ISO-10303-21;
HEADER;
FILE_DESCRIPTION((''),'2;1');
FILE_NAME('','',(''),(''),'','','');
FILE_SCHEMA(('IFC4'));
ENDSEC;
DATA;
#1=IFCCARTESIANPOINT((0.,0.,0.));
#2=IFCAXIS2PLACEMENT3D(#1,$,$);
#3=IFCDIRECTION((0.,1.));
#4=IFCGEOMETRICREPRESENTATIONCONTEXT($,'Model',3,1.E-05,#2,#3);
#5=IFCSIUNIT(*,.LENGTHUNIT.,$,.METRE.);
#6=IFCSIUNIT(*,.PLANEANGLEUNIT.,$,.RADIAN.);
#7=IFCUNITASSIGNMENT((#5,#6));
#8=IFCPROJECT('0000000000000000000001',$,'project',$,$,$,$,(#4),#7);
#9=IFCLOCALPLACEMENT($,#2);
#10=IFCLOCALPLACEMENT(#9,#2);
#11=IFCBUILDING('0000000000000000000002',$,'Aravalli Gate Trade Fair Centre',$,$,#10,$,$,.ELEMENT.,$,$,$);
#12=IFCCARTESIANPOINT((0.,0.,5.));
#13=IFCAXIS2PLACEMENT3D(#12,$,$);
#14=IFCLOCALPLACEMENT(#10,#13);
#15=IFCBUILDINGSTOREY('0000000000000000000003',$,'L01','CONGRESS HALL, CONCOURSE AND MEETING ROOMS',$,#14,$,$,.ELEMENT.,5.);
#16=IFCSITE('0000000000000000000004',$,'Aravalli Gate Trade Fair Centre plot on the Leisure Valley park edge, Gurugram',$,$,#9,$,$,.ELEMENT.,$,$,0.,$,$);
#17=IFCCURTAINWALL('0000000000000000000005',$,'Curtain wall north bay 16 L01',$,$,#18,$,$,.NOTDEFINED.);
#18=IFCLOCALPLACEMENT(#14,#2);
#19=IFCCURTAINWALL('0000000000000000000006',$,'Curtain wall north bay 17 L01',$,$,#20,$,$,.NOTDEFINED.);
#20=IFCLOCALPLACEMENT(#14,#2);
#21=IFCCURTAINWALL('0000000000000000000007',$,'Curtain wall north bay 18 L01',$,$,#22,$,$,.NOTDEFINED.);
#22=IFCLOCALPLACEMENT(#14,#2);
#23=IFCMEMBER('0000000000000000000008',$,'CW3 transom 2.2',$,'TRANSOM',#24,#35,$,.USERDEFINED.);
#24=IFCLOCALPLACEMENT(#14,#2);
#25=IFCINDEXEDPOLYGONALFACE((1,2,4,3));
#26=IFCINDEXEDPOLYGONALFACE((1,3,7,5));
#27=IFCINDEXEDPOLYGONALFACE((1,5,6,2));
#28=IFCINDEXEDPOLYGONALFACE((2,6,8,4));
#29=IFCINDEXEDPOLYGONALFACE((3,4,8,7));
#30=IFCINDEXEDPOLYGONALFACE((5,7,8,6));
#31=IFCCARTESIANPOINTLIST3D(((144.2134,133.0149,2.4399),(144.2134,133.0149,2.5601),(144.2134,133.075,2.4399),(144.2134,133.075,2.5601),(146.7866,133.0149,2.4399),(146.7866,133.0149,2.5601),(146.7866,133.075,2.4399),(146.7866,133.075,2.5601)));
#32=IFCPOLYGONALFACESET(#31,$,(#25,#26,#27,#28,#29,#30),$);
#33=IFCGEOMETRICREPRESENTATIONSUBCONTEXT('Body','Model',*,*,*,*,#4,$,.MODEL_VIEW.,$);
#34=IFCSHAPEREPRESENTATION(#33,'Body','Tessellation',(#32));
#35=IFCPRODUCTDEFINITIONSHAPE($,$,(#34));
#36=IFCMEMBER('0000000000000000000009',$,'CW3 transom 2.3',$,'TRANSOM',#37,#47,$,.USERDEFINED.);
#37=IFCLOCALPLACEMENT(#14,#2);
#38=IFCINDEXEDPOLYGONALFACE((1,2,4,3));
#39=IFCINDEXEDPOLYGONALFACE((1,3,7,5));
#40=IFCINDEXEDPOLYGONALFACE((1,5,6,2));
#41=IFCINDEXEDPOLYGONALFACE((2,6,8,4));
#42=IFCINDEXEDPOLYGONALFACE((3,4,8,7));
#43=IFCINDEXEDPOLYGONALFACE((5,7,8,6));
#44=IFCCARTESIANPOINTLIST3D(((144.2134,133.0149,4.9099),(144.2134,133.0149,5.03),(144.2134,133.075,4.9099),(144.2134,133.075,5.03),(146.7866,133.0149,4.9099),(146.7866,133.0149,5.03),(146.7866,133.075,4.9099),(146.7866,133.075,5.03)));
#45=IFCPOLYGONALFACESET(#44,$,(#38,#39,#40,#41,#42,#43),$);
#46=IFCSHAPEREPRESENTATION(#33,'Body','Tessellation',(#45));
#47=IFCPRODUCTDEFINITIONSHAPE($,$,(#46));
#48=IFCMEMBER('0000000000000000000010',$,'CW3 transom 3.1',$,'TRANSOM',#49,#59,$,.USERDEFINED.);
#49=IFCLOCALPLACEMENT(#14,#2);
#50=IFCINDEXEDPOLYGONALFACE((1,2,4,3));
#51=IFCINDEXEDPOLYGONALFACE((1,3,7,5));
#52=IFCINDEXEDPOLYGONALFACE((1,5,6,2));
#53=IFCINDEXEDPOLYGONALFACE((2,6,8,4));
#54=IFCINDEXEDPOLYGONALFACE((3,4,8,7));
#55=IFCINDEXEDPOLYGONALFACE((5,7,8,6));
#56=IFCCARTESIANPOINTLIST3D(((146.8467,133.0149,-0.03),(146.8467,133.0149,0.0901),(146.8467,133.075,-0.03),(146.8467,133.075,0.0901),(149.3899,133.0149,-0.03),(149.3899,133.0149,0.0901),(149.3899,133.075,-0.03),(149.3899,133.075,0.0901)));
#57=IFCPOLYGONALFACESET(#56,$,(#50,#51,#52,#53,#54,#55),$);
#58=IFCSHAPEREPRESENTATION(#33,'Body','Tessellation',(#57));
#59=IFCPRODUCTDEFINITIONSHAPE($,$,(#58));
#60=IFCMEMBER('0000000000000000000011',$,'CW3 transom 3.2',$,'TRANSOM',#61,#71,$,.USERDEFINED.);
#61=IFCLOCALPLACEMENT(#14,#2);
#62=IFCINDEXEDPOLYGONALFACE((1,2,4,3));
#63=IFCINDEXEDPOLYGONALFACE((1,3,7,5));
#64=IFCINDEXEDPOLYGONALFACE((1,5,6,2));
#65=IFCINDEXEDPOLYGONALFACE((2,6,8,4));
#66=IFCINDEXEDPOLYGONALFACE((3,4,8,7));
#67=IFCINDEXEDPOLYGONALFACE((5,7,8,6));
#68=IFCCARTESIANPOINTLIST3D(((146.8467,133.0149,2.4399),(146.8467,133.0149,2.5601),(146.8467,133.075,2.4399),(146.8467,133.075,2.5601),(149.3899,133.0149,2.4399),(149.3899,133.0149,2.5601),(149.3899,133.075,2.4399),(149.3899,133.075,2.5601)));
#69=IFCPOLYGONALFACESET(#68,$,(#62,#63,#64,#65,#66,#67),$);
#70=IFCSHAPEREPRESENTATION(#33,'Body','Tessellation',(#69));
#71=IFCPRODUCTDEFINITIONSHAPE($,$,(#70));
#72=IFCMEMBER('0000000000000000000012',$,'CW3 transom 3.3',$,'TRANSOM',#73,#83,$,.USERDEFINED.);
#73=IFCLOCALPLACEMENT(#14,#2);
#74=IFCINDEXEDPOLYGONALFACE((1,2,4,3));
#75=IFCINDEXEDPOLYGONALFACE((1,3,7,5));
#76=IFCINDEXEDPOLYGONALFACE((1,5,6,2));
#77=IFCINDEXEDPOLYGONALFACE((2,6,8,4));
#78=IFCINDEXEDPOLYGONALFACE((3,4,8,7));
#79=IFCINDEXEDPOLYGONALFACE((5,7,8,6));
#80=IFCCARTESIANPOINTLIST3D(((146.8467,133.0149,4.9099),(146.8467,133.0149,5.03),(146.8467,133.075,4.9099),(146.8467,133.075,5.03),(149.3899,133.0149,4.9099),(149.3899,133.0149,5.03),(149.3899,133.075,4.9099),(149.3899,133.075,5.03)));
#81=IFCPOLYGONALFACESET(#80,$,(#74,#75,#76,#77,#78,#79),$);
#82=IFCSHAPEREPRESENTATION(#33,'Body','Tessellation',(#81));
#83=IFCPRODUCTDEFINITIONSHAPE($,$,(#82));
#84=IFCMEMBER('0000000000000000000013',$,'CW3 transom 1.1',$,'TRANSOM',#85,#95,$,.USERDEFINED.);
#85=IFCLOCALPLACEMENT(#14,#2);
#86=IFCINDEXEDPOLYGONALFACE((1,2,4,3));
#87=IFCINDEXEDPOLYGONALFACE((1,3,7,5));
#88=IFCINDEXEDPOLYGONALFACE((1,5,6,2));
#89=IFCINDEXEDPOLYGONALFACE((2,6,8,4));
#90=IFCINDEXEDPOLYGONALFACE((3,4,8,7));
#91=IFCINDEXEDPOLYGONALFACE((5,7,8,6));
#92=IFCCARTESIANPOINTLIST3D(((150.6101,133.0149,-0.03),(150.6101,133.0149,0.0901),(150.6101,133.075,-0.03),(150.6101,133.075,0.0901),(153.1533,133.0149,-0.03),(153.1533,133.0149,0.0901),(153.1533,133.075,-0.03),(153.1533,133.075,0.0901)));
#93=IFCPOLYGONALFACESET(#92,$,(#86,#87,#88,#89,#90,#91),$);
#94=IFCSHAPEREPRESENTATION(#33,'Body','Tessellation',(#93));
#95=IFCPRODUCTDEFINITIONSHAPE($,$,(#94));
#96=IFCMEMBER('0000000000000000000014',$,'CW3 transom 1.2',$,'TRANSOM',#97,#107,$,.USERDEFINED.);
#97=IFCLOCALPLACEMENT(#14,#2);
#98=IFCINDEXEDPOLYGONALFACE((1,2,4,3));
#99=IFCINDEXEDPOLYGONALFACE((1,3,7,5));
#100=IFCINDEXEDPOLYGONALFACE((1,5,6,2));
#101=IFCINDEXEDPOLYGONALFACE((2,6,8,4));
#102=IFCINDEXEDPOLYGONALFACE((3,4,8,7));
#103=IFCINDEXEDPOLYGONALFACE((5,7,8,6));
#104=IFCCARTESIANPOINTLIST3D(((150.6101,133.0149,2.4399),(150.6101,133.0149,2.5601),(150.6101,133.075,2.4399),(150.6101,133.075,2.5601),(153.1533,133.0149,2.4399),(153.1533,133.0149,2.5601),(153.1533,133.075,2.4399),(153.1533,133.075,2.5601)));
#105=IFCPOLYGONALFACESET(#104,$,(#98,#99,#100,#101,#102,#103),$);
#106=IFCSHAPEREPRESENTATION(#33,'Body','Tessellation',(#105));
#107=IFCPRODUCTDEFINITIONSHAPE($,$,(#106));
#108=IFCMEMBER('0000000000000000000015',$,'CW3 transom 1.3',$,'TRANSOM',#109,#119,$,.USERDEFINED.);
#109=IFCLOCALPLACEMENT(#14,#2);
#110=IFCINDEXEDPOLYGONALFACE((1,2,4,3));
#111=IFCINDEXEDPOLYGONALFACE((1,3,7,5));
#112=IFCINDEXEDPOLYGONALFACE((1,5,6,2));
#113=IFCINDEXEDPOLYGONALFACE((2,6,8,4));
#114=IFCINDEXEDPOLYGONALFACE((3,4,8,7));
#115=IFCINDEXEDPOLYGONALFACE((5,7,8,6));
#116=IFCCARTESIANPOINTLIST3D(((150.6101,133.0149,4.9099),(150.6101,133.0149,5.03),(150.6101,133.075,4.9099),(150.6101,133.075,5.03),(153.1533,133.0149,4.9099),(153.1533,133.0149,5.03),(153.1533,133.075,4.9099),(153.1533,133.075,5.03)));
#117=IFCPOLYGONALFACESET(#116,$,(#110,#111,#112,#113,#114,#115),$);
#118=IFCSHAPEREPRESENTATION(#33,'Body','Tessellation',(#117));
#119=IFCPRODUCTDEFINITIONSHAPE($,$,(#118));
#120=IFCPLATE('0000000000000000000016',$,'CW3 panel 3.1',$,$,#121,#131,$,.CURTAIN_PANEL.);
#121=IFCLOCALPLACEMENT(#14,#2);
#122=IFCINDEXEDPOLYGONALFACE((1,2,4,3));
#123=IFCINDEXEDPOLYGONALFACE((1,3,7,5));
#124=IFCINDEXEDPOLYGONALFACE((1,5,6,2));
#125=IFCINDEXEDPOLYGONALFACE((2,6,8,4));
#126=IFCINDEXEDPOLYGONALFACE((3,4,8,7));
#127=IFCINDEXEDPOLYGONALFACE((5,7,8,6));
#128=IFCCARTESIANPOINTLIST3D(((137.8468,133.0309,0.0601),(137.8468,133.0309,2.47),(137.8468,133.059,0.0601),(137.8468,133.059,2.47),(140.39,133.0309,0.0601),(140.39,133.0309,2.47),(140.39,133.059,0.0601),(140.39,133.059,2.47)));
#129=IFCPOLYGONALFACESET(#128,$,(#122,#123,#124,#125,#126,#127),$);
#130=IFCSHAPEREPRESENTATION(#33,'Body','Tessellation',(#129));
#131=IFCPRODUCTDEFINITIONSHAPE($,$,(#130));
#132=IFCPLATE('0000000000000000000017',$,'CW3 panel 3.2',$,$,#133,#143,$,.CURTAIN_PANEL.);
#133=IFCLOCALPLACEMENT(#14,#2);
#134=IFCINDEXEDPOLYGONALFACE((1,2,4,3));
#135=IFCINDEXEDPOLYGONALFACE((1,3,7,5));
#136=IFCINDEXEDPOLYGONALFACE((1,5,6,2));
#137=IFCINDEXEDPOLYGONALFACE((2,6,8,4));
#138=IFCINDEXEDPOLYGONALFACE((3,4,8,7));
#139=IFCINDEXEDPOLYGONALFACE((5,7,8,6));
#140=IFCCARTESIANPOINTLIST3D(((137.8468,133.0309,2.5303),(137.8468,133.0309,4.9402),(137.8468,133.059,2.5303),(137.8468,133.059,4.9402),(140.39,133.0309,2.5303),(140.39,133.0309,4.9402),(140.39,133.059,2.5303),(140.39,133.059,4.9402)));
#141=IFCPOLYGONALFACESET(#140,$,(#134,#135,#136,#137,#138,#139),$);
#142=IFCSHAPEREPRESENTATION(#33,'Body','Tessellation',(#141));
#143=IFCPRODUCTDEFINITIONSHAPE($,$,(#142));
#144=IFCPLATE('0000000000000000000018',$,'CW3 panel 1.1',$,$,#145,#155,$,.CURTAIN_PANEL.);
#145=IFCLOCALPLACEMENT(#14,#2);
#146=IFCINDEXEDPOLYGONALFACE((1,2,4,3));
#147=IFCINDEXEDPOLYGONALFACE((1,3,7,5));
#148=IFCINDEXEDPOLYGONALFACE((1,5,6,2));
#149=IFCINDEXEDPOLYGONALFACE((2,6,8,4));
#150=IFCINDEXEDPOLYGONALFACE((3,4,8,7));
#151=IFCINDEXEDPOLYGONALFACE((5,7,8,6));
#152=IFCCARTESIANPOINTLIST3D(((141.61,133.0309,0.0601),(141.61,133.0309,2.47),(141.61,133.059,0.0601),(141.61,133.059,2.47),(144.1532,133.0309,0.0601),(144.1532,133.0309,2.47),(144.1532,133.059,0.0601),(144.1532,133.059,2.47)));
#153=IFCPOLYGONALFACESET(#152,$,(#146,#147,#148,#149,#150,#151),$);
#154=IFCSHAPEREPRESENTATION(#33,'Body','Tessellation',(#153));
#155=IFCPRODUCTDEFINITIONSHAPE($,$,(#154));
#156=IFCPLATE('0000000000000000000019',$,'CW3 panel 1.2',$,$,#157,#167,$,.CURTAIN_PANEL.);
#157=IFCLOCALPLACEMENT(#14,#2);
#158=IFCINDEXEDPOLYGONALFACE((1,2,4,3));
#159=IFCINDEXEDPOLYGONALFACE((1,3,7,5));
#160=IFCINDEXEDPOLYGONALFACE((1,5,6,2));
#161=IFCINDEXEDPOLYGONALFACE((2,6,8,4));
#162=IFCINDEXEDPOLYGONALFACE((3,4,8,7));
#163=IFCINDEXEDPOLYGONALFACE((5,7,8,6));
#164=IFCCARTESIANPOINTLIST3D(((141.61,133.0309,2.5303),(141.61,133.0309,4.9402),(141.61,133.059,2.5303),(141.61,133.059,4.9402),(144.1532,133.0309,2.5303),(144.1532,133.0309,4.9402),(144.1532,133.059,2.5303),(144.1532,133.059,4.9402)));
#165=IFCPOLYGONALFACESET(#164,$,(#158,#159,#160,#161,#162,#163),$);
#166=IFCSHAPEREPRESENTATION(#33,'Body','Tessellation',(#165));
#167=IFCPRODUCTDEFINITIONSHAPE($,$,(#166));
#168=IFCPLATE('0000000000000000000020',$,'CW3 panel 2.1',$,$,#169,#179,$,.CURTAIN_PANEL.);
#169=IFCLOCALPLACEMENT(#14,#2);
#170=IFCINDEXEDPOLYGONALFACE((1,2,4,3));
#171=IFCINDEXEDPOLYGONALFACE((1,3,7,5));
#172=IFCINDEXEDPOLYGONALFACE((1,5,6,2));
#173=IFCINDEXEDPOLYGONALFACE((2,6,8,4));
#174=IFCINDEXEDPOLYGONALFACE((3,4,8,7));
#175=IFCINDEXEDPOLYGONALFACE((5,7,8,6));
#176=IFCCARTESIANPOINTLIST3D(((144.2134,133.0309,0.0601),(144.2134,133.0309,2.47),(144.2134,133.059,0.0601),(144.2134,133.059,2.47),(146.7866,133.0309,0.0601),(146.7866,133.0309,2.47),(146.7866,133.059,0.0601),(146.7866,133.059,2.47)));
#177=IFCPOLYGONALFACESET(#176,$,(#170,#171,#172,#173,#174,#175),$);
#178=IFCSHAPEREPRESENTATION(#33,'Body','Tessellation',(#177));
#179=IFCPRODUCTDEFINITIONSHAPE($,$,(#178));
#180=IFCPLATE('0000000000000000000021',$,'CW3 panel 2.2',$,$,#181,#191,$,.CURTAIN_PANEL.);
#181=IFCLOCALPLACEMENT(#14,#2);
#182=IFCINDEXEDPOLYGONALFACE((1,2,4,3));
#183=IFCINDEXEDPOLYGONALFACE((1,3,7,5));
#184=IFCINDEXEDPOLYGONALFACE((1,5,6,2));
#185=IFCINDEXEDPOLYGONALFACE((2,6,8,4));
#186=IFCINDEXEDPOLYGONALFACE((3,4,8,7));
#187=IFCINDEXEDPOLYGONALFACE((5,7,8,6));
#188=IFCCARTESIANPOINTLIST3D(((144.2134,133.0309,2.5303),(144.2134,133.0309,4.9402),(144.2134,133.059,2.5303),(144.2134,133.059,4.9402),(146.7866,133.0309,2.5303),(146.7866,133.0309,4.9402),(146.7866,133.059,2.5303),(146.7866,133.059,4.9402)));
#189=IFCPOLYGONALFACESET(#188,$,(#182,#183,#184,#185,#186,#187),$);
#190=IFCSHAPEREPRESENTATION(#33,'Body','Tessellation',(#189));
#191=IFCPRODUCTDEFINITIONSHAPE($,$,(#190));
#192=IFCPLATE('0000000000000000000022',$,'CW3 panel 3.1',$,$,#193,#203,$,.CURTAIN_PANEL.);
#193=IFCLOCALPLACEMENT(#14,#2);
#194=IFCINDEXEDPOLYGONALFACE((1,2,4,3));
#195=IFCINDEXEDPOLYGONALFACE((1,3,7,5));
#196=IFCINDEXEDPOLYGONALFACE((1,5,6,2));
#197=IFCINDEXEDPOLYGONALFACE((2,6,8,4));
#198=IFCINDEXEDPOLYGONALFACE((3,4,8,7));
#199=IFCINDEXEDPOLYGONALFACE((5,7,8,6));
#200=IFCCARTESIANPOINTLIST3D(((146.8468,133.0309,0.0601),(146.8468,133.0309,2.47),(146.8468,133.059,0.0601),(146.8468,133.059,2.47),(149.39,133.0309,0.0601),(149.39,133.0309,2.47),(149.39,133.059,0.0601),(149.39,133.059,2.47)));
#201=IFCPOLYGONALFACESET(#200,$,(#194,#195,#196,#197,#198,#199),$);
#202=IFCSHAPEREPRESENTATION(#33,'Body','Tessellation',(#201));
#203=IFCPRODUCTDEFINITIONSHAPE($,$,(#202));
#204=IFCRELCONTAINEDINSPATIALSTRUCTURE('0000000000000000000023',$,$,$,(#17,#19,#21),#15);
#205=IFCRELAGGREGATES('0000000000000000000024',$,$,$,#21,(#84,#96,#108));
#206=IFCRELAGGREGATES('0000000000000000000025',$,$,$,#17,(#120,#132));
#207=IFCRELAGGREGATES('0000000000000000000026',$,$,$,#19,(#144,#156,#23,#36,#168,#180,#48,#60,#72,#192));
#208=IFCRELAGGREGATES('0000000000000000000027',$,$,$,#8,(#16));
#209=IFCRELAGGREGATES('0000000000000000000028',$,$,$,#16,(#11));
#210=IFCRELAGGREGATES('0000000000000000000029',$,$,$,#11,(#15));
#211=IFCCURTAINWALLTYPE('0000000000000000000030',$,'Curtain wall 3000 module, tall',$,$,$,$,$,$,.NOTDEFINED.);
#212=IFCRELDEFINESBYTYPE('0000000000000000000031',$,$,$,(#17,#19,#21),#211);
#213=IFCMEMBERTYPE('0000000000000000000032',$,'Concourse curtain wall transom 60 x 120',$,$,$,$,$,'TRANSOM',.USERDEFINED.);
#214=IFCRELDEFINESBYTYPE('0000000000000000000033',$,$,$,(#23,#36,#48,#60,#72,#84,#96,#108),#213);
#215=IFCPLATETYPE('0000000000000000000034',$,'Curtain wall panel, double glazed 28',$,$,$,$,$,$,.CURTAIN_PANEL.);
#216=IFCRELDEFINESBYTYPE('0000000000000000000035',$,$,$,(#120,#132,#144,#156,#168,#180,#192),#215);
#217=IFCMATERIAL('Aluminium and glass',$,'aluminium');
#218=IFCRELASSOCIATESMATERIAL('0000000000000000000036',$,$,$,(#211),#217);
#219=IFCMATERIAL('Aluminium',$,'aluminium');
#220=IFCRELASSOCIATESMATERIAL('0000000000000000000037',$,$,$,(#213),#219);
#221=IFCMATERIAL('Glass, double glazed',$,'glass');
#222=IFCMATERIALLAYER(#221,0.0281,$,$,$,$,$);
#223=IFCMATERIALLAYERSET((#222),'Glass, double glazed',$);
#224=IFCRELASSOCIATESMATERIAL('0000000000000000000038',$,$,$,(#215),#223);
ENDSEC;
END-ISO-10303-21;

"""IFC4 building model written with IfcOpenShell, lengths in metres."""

from ifc_helpers import new_model, si_unit, direction, frame, origin, origin_2d, place, context, subcontext, project, spatial, rectangle, extrude, material, layer, layer_set, material_profile, profile_set, type_object, element, aggregate, save


model = new_model("IFC4")

# Units and contexts
model_context = context("Model", 3, precision=1e-05, world=origin(), true_north=direction((0.0, 1.0)))
body_context = subcontext(model_context, "Body", "Model", "MODEL_VIEW")
ifc_project = project(units=[si_unit("LENGTHUNIT", "METRE"), si_unit("PLANEANGLEUNIT", "RADIAN")], contexts=[model_context])

# Site, building, storey
site_placement = place(None, origin())
site = spatial("IfcSite", under=ifc_project, at=site_placement, Name="Aravalli Gate Trade Fair Centre plot on the Leisure Valley park edge, Gurugram", CompositionType="ELEMENT", RefElevation=0.0)
building_placement = place(site_placement, origin())
building = spatial("IfcBuilding", under=site, at=building_placement, Name="Aravalli Gate Trade Fair Centre", CompositionType="ELEMENT")
storey_placement = place(building_placement, frame((0.0, 0.0, 5.0)))
storey = spatial("IfcBuildingStorey", under=building, at=storey_placement, Name="L01", Description="CONGRESS HALL, CONCOURSE AND MEETING ROOMS", CompositionType="ELEMENT", Elevation=5.0)

# Curtain wall
ifc_material_1 = material(Name="Aluminium and glass", Category="aluminium")
curtain_wall_type = type_object("IfcCurtainWallType", Name="Curtain wall 3000 module, tall", PredefinedType="NOTDEFINED", material=ifc_material_1)
curtain_wall_1_placement = place(storey_placement, origin())
curtain_wall_1 = element("IfcCurtainWall", 1, at=curtain_wall_1_placement, inside=storey, type_object=curtain_wall_type, Name="Curtain wall north bay 16 L01", PredefinedType="NOTDEFINED")
ifc_material_2 = material(Name="Aluminium", Category="aluminium")

# Curtain wall
curtain_wall_2_placement = place(storey_placement, origin())
curtain_wall_2 = element("IfcCurtainWall", 2, at=curtain_wall_2_placement, inside=storey, type_object=curtain_wall_type, Name="Curtain wall north bay 17 L01", PredefinedType="NOTDEFINED")

# Curtain wall
curtain_wall_3_placement = place(storey_placement, origin())
curtain_wall_3 = element("IfcCurtainWall", 3, at=curtain_wall_3_placement, inside=storey, type_object=curtain_wall_type, Name="Curtain wall north bay 18 L01", PredefinedType="NOTDEFINED")

# Members
ifc_material_profile_1 = material_profile(ifc_material_2, rectangle(XDim=0.0601, YDim=0.1201, at=origin_2d()), Name="Concourse curtain wall transom 60 x 120")
ifc_profile_set_1 = profile_set([ifc_material_profile_1], Name="Aluminium")
member_type_1 = type_object("IfcMemberType", Name="Concourse curtain wall transom 60 x 120", ElementType="TRANSOM", PredefinedType="USERDEFINED", material=ifc_profile_set_1)
member_1_placement = place(storey_placement, frame((144.2134, 133.0449, 2.5), z_axis=(1.0, 0.0, 0.0), x_axis=(0.0, 1.0, 0.0)))
member_1 = element("IfcMember", 4, at=member_1_placement, type_object=member_type_1, Name="CW3 transom 2.2", ObjectType="TRANSOM", PredefinedType="USERDEFINED", context=body_context, shape_type="SweptSolid", body=[
    extrude(rectangle(XDim=0.0601, YDim=0.1201, at=origin_2d()), origin(), (0.0, 0.0, 1.0), 2.5732),
])
member_2_placement = place(storey_placement, frame((144.2134, 133.0449, 4.97), z_axis=(1.0, 0.0, 0.0), x_axis=(0.0, 1.0, 0.0)))
member_2 = element("IfcMember", 5, at=member_2_placement, type_object=member_type_1, Name="CW3 transom 2.3", ObjectType="TRANSOM", PredefinedType="USERDEFINED", context=body_context, shape_type="SweptSolid", body=[
    extrude(rectangle(XDim=0.0601, YDim=0.1201, at=origin_2d()), origin(), (0.0, 0.0, 1.0), 2.5732),
])
member_3_placement = place(storey_placement, frame((146.8467, 133.0449, 0.03), z_axis=(1.0, 0.0, 0.0), x_axis=(0.0, 1.0, 0.0)))
member_3 = element("IfcMember", 6, at=member_3_placement, type_object=member_type_1, Name="CW3 transom 3.1", ObjectType="TRANSOM", PredefinedType="USERDEFINED", context=body_context, shape_type="SweptSolid", body=[
    extrude(rectangle(XDim=0.0601, YDim=0.1201, at=origin_2d()), origin(), (0.0, 0.0, 1.0), 2.5432),
])
member_4_placement = place(storey_placement, frame((146.8467, 133.0449, 2.5), z_axis=(1.0, 0.0, 0.0), x_axis=(0.0, 1.0, 0.0)))
member_4 = element("IfcMember", 7, at=member_4_placement, type_object=member_type_1, Name="CW3 transom 3.2", ObjectType="TRANSOM", PredefinedType="USERDEFINED", context=body_context, shape_type="SweptSolid", body=[
    extrude(rectangle(XDim=0.0601, YDim=0.1201, at=origin_2d()), origin(), (0.0, 0.0, 1.0), 2.5432),
])
member_5_placement = place(storey_placement, frame((146.8467, 133.0449, 4.97), z_axis=(1.0, 0.0, 0.0), x_axis=(0.0, 1.0, 0.0)))
member_5 = element("IfcMember", 8, at=member_5_placement, type_object=member_type_1, Name="CW3 transom 3.3", ObjectType="TRANSOM", PredefinedType="USERDEFINED", context=body_context, shape_type="SweptSolid", body=[
    extrude(rectangle(XDim=0.0601, YDim=0.1201, at=origin_2d()), origin(), (0.0, 0.0, 1.0), 2.5432),
])
member_6_placement = place(storey_placement, frame((150.6101, 133.0449, 0.03), z_axis=(1.0, 0.0, 0.0), x_axis=(0.0, 1.0, 0.0)))
member_6 = element("IfcMember", 9, at=member_6_placement, type_object=member_type_1, Name="CW3 transom 1.1", ObjectType="TRANSOM", PredefinedType="USERDEFINED", context=body_context, shape_type="SweptSolid", body=[
    extrude(rectangle(XDim=0.0601, YDim=0.1201, at=origin_2d()), origin(), (0.0, 0.0, 1.0), 2.5432),
])
member_7_placement = place(storey_placement, frame((150.6101, 133.0449, 2.5), z_axis=(1.0, 0.0, 0.0), x_axis=(0.0, 1.0, 0.0)))
member_7 = element("IfcMember", 10, at=member_7_placement, type_object=member_type_1, Name="CW3 transom 1.2", ObjectType="TRANSOM", PredefinedType="USERDEFINED", context=body_context, shape_type="SweptSolid", body=[
    extrude(rectangle(XDim=0.0601, YDim=0.1201, at=origin_2d()), origin(), (0.0, 0.0, 1.0), 2.5432),
])
member_8_placement = place(storey_placement, frame((150.6101, 133.0449, 4.97), z_axis=(1.0, 0.0, 0.0), x_axis=(0.0, 1.0, 0.0)))
member_8 = element("IfcMember", 11, at=member_8_placement, type_object=member_type_1, Name="CW3 transom 1.3", ObjectType="TRANSOM", PredefinedType="USERDEFINED", context=body_context, shape_type="SweptSolid", body=[
    extrude(rectangle(XDim=0.0601, YDim=0.1201, at=origin_2d()), origin(), (0.0, 0.0, 1.0), 2.5432),
])
aggregate(curtain_wall_3, [member_6, member_7, member_8])

# Plates
ifc_material_3 = material(Name="Glass, double glazed", Category="glass")
ifc_layer_1 = layer(ifc_material_3, 0.0281)
ifc_layer_set_1 = layer_set([ifc_layer_1], Name="Glass, double glazed")
plate_type = type_object("IfcPlateType", Name="Curtain wall panel, double glazed 28", PredefinedType="CURTAIN_PANEL", material=ifc_layer_set_1)
plate_1_placement = place(storey_placement, frame((139.1184, 133.0449, 0.0601), z_axis=(0.0, 0.0, 1.0), x_axis=(1.0, 0.0, 0.0)))
plate_1 = element("IfcPlate", 12, at=plate_1_placement, type_object=plate_type, Name="CW3 panel 3.1", PredefinedType="CURTAIN_PANEL", context=body_context, shape_type="SweptSolid", body=[
    extrude(rectangle(XDim=2.5432, YDim=0.0281, at=origin_2d()), origin(), (0.0, 0.0, 1.0), 2.4099),
])
plate_2_placement = place(storey_placement, frame((139.1184, 133.0449, 2.5303), z_axis=(0.0, 0.0, 1.0), x_axis=(1.0, 0.0, 0.0)))
plate_2 = element("IfcPlate", 13, at=plate_2_placement, type_object=plate_type, Name="CW3 panel 3.2", PredefinedType="CURTAIN_PANEL", context=body_context, shape_type="SweptSolid", body=[
    extrude(rectangle(XDim=2.5432, YDim=0.0281, at=origin_2d()), origin(), (0.0, 0.0, 1.0), 2.4099),
])
aggregate(curtain_wall_1, [plate_1, plate_2])
plate_3_placement = place(storey_placement, frame((142.8816, 133.0449, 0.0601), z_axis=(0.0, 0.0, 1.0), x_axis=(1.0, 0.0, 0.0)))
plate_3 = element("IfcPlate", 14, at=plate_3_placement, type_object=plate_type, Name="CW3 panel 1.1", PredefinedType="CURTAIN_PANEL", context=body_context, shape_type="SweptSolid", body=[
    extrude(rectangle(XDim=2.5432, YDim=0.0281, at=origin_2d()), origin(), (0.0, 0.0, 1.0), 2.4099),
])
plate_4_placement = place(storey_placement, frame((142.8816, 133.0449, 2.5303), z_axis=(0.0, 0.0, 1.0), x_axis=(1.0, 0.0, 0.0)))
plate_4 = element("IfcPlate", 15, at=plate_4_placement, type_object=plate_type, Name="CW3 panel 1.2", PredefinedType="CURTAIN_PANEL", context=body_context, shape_type="SweptSolid", body=[
    extrude(rectangle(XDim=2.5432, YDim=0.0281, at=origin_2d()), origin(), (0.0, 0.0, 1.0), 2.4099),
])
plate_5_placement = place(storey_placement, frame((145.5, 133.0449, 0.0601), z_axis=(0.0, 0.0, 1.0), x_axis=(1.0, 0.0, 0.0)))
plate_5 = element("IfcPlate", 16, at=plate_5_placement, type_object=plate_type, Name="CW3 panel 2.1", PredefinedType="CURTAIN_PANEL", context=body_context, shape_type="SweptSolid", body=[
    extrude(rectangle(XDim=2.5732, YDim=0.0281, at=origin_2d()), origin(), (0.0, 0.0, 1.0), 2.4099),
])
plate_6_placement = place(storey_placement, frame((145.5, 133.0449, 2.5303), z_axis=(0.0, 0.0, 1.0), x_axis=(1.0, 0.0, 0.0)))
plate_6 = element("IfcPlate", 17, at=plate_6_placement, type_object=plate_type, Name="CW3 panel 2.2", PredefinedType="CURTAIN_PANEL", context=body_context, shape_type="SweptSolid", body=[
    extrude(rectangle(XDim=2.5732, YDim=0.0281, at=origin_2d()), origin(), (0.0, 0.0, 1.0), 2.4099),
])
plate_7_placement = place(storey_placement, frame((148.1184, 133.0449, 0.0601), z_axis=(0.0, 0.0, 1.0), x_axis=(1.0, 0.0, 0.0)))
plate_7 = element("IfcPlate", 18, at=plate_7_placement, type_object=plate_type, Name="CW3 panel 3.1", PredefinedType="CURTAIN_PANEL", context=body_context, shape_type="SweptSolid", body=[
    extrude(rectangle(XDim=2.5432, YDim=0.0281, at=origin_2d()), origin(), (0.0, 0.0, 1.0), 2.4099),
])
aggregate(curtain_wall_2, [plate_3, plate_4, member_1, member_2, plate_5, plate_6, member_3, member_4, member_5, plate_7])

save(model, "model.ifc")
